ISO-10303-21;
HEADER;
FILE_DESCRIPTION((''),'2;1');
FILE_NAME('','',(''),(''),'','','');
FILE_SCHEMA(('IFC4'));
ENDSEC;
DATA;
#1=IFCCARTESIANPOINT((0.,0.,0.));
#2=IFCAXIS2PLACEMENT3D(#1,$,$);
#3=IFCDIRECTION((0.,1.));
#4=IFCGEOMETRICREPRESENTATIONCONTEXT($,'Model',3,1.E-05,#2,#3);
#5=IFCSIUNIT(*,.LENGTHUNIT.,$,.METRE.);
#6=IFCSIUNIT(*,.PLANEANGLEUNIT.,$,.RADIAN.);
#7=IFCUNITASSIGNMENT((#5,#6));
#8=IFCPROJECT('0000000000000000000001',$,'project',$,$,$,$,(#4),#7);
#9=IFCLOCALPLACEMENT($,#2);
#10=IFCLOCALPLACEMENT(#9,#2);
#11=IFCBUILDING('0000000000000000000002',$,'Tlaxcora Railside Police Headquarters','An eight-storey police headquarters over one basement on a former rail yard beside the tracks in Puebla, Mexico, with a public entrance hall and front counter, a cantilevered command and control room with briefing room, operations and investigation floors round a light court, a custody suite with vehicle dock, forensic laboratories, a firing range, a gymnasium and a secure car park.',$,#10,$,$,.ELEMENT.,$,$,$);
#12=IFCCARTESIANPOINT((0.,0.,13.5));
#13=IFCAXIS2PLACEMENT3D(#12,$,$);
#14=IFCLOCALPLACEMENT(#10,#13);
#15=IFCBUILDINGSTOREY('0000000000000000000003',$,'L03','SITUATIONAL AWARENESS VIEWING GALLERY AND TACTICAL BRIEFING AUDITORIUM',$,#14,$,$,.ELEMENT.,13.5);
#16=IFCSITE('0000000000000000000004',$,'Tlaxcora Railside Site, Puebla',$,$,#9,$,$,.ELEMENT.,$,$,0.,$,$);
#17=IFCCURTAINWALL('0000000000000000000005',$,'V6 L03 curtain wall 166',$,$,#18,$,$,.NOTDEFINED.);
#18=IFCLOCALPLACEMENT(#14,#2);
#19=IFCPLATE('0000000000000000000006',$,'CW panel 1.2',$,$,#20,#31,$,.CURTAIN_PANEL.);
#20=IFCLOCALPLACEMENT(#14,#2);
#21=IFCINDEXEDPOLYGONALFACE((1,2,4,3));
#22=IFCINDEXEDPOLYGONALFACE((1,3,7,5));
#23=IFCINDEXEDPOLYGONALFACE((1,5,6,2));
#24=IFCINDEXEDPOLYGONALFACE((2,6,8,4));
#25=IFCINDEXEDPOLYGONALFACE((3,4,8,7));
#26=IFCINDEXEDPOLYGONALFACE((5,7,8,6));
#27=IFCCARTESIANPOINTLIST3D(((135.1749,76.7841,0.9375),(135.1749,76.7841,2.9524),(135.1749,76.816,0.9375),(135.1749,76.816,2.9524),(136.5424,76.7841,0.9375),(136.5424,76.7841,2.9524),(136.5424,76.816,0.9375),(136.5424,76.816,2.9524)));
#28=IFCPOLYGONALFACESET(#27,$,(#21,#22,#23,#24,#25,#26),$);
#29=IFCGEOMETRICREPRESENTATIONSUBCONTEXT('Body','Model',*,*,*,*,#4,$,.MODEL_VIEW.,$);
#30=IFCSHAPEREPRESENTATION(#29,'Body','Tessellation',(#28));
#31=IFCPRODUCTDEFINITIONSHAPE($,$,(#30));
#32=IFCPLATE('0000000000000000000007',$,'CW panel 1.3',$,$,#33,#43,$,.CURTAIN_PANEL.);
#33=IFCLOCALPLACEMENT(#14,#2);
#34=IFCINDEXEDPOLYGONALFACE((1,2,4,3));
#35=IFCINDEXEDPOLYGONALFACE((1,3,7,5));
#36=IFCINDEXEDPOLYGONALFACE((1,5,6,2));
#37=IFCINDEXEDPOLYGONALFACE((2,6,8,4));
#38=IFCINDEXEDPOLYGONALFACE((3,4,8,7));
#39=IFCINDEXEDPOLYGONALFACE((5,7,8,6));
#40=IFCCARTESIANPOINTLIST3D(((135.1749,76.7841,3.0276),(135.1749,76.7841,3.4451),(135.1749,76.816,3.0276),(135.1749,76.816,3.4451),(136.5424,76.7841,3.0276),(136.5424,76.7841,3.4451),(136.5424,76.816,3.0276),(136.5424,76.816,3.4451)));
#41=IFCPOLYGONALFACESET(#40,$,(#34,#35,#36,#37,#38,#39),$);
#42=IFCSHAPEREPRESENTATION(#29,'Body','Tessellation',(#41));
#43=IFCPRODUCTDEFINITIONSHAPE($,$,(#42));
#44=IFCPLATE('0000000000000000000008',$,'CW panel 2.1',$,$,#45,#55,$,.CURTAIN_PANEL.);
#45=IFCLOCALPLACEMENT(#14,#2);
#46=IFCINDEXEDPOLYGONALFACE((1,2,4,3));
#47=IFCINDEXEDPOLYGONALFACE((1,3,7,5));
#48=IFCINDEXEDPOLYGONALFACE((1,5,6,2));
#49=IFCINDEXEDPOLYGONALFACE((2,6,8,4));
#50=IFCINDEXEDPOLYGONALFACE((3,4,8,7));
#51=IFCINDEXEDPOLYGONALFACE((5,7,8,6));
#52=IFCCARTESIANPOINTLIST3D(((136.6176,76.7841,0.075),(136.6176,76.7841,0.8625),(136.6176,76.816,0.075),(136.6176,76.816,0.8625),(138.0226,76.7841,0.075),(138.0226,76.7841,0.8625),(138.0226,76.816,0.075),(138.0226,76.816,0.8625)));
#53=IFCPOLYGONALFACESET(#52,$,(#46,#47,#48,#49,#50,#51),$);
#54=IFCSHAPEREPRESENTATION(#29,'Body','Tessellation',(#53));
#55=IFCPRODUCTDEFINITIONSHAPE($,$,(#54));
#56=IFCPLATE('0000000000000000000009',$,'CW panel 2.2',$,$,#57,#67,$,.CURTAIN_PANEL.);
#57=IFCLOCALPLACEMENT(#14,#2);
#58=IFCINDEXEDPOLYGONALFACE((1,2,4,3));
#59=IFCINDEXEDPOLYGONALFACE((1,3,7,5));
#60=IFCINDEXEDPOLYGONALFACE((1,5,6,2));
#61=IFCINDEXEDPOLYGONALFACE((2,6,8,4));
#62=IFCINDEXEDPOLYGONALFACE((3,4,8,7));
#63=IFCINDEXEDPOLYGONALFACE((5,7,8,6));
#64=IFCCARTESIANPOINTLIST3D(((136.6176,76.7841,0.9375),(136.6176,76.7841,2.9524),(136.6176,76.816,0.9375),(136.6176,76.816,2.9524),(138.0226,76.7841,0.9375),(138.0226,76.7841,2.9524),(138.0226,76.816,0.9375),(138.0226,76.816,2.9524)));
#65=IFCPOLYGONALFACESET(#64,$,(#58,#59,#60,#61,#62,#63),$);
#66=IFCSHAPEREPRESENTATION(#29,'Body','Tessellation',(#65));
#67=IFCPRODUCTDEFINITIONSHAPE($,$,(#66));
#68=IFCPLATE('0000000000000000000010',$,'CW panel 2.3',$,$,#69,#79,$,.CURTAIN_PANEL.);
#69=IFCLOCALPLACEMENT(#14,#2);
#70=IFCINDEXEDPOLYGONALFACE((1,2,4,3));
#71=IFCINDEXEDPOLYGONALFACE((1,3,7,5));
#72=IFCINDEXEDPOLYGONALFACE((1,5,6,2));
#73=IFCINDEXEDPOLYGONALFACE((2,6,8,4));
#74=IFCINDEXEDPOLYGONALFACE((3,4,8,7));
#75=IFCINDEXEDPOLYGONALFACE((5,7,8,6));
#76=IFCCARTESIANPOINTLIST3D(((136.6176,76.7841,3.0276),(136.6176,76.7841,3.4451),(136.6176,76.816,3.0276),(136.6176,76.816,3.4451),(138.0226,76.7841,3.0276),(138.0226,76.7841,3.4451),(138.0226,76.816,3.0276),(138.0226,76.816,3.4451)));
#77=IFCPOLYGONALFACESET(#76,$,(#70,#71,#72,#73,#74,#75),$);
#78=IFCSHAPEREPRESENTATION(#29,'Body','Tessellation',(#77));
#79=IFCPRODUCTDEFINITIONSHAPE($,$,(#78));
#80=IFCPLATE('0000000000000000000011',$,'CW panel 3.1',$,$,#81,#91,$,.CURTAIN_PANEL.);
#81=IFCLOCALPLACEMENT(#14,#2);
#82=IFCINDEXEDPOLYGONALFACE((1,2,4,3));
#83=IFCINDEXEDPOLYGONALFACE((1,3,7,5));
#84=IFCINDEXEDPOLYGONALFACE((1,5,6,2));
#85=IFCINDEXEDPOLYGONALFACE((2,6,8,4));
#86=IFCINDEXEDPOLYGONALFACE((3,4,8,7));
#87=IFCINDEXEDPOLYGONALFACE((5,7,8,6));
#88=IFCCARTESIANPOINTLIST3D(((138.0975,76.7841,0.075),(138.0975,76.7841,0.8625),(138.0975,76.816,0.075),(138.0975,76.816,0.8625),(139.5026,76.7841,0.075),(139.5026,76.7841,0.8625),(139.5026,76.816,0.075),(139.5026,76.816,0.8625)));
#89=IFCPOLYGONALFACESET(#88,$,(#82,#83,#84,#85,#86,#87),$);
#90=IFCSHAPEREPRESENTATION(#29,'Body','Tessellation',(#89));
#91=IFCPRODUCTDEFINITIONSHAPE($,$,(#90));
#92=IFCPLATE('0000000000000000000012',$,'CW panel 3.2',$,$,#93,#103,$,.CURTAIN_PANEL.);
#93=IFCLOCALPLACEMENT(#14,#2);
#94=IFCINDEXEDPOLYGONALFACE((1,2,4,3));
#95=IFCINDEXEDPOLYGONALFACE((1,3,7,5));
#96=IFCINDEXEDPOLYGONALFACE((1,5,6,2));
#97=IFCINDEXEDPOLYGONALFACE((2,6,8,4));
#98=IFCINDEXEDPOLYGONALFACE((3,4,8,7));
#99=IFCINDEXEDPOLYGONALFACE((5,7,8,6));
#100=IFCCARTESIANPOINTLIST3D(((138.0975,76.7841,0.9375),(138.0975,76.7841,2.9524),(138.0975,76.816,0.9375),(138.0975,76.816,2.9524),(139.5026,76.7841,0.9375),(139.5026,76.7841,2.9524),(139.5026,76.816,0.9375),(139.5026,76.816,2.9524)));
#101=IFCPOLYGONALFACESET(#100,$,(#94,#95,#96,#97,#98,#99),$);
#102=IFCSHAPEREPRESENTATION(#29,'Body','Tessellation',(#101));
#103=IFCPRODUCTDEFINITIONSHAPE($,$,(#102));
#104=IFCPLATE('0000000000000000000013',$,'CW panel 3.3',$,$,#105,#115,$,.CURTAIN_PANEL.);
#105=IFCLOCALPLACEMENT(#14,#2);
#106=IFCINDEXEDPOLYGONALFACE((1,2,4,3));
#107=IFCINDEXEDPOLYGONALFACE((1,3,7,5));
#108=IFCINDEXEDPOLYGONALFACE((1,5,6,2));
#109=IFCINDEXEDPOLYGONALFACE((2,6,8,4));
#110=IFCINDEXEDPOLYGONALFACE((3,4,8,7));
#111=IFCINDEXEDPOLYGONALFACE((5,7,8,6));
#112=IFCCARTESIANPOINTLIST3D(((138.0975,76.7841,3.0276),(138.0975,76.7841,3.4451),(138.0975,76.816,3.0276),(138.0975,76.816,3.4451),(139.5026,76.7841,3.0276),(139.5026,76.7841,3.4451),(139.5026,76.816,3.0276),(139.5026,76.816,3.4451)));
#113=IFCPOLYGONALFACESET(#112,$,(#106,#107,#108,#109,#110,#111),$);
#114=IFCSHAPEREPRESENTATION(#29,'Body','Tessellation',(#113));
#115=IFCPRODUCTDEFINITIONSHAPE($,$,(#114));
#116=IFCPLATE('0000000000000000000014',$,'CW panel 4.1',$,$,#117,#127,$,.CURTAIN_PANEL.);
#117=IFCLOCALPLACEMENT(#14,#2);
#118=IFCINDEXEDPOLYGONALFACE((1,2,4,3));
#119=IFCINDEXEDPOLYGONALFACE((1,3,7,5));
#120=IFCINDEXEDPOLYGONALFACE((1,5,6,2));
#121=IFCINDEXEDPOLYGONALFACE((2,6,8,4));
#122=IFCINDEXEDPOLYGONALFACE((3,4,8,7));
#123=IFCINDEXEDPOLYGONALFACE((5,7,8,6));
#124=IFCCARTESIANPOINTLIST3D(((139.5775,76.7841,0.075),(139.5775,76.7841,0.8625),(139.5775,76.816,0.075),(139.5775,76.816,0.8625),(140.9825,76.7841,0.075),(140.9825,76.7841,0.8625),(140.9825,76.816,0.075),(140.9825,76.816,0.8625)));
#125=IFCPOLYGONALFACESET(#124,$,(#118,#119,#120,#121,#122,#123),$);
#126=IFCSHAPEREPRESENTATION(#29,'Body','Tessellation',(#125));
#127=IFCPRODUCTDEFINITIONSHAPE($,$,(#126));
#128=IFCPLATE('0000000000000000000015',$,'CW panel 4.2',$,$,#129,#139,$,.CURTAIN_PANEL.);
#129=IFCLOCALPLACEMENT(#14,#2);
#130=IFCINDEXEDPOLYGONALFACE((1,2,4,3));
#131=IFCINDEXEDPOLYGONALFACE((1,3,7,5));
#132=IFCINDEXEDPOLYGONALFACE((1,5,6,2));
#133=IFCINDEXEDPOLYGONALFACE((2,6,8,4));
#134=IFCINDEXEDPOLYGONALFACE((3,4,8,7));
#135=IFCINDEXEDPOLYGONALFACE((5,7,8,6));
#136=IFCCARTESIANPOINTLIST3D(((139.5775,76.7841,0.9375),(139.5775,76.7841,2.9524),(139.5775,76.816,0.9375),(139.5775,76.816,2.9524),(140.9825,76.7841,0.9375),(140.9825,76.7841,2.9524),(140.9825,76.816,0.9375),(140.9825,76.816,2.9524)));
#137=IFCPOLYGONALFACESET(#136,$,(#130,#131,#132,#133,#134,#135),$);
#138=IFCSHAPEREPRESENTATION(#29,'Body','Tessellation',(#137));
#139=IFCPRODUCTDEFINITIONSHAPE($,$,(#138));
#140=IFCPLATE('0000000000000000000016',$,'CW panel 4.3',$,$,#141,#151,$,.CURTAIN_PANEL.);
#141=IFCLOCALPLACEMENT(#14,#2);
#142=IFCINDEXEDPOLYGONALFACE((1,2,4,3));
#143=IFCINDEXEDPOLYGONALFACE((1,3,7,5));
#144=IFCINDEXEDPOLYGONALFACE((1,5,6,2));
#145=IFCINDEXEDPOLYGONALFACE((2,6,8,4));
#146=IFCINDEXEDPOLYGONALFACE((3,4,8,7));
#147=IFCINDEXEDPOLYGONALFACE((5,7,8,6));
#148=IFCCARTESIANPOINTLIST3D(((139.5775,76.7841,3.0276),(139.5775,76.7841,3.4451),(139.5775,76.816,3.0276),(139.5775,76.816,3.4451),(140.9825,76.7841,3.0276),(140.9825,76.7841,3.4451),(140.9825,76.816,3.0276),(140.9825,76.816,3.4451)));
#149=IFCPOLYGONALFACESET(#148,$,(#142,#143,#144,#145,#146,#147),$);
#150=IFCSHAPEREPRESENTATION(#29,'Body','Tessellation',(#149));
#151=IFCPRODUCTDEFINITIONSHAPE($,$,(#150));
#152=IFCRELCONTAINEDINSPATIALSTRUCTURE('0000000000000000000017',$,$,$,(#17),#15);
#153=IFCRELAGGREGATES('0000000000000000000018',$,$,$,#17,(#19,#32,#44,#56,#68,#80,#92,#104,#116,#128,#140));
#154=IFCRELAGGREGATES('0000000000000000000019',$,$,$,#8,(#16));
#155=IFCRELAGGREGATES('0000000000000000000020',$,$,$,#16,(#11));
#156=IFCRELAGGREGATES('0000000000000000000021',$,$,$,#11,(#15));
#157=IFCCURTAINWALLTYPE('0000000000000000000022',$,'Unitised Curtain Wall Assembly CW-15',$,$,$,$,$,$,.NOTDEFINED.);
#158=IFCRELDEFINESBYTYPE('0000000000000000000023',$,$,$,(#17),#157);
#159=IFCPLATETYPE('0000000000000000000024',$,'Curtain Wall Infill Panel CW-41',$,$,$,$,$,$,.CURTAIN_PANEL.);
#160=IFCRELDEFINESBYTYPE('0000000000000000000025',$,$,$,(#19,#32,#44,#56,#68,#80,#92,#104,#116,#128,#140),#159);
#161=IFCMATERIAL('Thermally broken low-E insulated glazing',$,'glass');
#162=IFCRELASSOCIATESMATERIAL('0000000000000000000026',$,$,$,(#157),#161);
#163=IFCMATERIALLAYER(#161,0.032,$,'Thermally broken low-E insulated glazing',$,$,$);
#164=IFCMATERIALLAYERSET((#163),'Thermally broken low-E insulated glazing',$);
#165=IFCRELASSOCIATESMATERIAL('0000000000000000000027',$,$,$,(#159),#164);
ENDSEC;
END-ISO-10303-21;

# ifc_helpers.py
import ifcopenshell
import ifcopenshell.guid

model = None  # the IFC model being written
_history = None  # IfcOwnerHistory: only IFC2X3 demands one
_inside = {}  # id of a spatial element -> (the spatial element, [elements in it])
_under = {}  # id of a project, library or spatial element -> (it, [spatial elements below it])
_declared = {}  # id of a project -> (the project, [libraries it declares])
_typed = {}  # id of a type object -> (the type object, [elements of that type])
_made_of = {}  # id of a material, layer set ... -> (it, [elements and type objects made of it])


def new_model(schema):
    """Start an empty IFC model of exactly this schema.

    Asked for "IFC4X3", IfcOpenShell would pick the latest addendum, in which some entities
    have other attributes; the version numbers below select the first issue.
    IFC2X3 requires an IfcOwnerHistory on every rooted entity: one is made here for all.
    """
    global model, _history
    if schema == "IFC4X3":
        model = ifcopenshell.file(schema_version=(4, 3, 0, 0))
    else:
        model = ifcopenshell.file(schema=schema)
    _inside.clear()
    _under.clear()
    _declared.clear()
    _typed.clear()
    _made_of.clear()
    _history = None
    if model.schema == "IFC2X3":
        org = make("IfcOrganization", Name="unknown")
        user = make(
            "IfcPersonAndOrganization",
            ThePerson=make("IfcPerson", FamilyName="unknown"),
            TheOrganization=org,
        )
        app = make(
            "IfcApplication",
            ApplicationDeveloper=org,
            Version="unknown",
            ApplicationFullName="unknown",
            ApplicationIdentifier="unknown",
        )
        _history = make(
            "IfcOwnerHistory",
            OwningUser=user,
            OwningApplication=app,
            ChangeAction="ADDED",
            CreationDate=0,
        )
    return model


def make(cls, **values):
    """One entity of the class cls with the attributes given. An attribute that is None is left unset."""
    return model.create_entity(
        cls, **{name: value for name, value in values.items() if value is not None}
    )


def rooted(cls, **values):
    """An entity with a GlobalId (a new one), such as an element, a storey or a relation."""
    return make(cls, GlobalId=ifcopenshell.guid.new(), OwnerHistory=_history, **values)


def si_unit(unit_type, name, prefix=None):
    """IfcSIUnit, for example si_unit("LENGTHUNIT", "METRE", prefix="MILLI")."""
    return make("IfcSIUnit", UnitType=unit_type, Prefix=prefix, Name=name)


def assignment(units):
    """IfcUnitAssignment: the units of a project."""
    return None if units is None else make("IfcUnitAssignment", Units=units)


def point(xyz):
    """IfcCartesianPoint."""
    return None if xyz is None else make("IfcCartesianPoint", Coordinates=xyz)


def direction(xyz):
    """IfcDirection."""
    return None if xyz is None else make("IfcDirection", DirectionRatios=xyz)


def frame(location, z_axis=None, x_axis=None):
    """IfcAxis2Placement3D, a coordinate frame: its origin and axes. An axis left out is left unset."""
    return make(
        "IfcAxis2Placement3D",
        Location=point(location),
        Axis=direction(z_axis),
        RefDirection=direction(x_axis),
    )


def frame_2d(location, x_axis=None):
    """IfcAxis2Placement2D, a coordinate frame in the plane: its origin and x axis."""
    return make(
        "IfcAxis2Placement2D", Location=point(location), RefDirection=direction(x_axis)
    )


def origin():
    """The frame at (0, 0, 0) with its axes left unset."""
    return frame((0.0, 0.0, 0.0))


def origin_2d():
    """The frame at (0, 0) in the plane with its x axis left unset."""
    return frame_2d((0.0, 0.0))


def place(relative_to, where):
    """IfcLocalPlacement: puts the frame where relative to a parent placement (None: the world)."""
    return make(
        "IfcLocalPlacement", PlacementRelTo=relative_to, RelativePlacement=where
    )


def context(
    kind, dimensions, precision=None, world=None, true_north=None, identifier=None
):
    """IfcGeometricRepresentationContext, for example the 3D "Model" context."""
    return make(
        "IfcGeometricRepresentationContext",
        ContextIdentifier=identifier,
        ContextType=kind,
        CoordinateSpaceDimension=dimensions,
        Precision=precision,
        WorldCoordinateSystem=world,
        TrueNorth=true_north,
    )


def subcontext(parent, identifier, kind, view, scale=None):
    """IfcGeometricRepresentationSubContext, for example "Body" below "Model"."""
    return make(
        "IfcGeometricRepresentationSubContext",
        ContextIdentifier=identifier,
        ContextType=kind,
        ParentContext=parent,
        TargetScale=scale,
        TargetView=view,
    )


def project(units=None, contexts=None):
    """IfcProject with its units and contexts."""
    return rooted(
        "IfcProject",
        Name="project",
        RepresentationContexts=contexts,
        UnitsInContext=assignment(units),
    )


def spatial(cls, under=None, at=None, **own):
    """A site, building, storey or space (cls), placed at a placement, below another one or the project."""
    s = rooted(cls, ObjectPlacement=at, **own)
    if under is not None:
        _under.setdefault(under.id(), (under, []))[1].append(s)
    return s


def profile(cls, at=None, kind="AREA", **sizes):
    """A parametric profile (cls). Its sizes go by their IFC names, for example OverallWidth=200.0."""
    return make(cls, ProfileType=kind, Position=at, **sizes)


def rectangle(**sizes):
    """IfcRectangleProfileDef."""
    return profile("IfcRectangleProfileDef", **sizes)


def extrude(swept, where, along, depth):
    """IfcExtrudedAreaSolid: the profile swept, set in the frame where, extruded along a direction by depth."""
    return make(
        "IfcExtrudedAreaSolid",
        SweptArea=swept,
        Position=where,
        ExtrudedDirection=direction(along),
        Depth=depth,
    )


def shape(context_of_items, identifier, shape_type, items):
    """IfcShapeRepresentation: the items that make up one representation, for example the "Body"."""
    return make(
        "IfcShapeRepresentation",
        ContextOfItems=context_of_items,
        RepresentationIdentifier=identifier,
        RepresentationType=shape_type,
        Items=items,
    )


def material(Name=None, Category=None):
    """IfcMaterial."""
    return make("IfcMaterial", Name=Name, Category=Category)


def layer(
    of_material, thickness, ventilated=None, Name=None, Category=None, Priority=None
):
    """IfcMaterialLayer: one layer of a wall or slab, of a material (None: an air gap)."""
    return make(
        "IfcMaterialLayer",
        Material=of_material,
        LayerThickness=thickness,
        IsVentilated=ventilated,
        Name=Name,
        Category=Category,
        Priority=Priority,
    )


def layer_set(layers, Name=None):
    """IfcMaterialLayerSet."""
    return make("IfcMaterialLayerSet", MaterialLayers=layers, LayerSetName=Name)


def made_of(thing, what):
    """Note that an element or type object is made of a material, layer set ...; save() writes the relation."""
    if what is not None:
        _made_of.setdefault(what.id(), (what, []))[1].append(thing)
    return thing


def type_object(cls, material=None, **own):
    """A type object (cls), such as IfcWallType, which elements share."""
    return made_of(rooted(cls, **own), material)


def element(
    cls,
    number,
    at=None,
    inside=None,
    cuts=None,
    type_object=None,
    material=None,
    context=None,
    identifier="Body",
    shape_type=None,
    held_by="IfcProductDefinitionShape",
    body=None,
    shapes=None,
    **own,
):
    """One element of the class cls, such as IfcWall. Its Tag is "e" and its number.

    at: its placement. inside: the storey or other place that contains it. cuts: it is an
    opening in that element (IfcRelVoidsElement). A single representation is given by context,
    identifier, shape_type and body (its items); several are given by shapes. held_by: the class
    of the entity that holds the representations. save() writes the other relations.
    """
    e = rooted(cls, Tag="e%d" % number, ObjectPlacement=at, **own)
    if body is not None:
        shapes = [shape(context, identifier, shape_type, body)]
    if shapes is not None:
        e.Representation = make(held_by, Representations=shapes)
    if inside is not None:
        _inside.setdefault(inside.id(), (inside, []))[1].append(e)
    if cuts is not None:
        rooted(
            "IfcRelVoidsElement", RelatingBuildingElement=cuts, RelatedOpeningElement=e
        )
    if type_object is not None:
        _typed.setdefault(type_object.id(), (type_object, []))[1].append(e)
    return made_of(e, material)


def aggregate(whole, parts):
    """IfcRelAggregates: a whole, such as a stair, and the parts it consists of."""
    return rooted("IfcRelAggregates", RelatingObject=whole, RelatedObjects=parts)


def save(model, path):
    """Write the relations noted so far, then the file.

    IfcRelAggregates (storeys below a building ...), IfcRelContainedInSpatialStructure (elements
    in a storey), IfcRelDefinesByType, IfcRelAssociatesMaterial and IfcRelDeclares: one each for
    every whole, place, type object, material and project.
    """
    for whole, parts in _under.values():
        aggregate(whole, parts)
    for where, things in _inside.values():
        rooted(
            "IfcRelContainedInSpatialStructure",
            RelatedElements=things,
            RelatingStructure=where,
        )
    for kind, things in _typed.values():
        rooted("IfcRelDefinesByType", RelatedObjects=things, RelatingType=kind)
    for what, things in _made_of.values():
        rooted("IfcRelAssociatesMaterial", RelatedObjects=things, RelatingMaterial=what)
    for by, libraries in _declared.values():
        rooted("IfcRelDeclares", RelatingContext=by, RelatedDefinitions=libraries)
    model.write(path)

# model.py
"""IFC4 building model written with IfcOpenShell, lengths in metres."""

from ifc_helpers import new_model, si_unit, direction, frame, origin, origin_2d, place, context, subcontext, project, spatial, rectangle, extrude, material, layer, layer_set, type_object, element, aggregate, save


model = new_model("IFC4")

# Units and contexts
model_context = context("Model", 3, precision=1e-05, world=origin(), true_north=direction((0.0, 1.0)))
body_context = subcontext(model_context, "Body", "Model", "MODEL_VIEW")
ifc_project = project(units=[si_unit("LENGTHUNIT", "METRE"), si_unit("PLANEANGLEUNIT", "RADIAN")], contexts=[model_context])

# Site, building, storey
site_placement = place(None, origin())
site = spatial("IfcSite", under=ifc_project, at=site_placement, Name="Tlaxcora Railside Site, Puebla", CompositionType="ELEMENT", RefElevation=0.0)
building_placement = place(site_placement, origin())
building = spatial("IfcBuilding", under=site, at=building_placement, Name="Tlaxcora Railside Police Headquarters", Description="An eight-storey police headquarters over one basement on a former rail yard beside the tracks in Puebla, Mexico, with a public entrance hall and front counter, a cantilevered command and control room with briefing room, operations and investigation floors round a light court, a custody suite with vehicle dock, forensic laboratories, a firing range, a gymnasium and a secure car park.", CompositionType="ELEMENT")
storey_placement = place(building_placement, frame((0.0, 0.0, 13.5)))
storey = spatial("IfcBuildingStorey", under=building, at=storey_placement, Name="L03", Description="SITUATIONAL AWARENESS VIEWING GALLERY AND TACTICAL BRIEFING AUDITORIUM", CompositionType="ELEMENT", Elevation=13.5)

# Curtain wall
ifc_material_1 = material(Name="Thermally broken low-E insulated glazing", Category="glass")
curtain_wall_type = type_object("IfcCurtainWallType", Name="Unitised Curtain Wall Assembly CW-15", PredefinedType="NOTDEFINED", material=ifc_material_1)
curtain_wall_placement = place(storey_placement, origin())
curtain_wall = element("IfcCurtainWall", 1, at=curtain_wall_placement, inside=storey, type_object=curtain_wall_type, Name="V6 L03 curtain wall 166", PredefinedType="NOTDEFINED")

# Plates
ifc_layer = layer(ifc_material_1, 0.032, Name="Thermally broken low-E insulated glazing")
ifc_layer_set = layer_set([ifc_layer], Name="Thermally broken low-E insulated glazing")
plate_type = type_object("IfcPlateType", Name="Curtain Wall Infill Panel CW-41", PredefinedType="CURTAIN_PANEL", material=ifc_layer_set)
plate_1_placement = place(storey_placement, frame((135.8586, 76.8, 0.9375), z_axis=(0.0, 0.0, 1.0), x_axis=(1.0, 0.0, 0.0)))
plate_1 = element("IfcPlate", 2, at=plate_1_placement, type_object=plate_type, Name="CW panel 1.2", PredefinedType="CURTAIN_PANEL", context=body_context, shape_type="SweptSolid", body=[
    extrude(rectangle(XDim=1.3674, YDim=0.032, at=origin_2d()), origin(), (0.0, 0.0, 1.0), 2.0149),
])
plate_2_placement = place(storey_placement, frame((135.8586, 76.8, 3.0276), z_axis=(0.0, 0.0, 1.0), x_axis=(1.0, 0.0, 0.0)))
plate_2 = element("IfcPlate", 3, at=plate_2_placement, type_object=plate_type, Name="CW panel 1.3", PredefinedType="CURTAIN_PANEL", context=body_context, shape_type="SweptSolid", body=[
    extrude(rectangle(XDim=1.3674, YDim=0.032, at=origin_2d()), origin(), (0.0, 0.0, 1.0), 0.4175),
])
plate_3_placement = place(storey_placement, frame((137.3201, 76.8, 0.075), z_axis=(0.0, 0.0, 1.0), x_axis=(1.0, 0.0, 0.0)))
plate_3 = element("IfcPlate", 4, at=plate_3_placement, type_object=plate_type, Name="CW panel 2.1", PredefinedType="CURTAIN_PANEL", context=body_context, shape_type="SweptSolid", body=[
    extrude(rectangle(XDim=1.405, YDim=0.032, at=origin_2d()), origin(), (0.0, 0.0, 1.0), 0.7876),
])
plate_4_placement = place(storey_placement, frame((137.3201, 76.8, 0.9375), z_axis=(0.0, 0.0, 1.0), x_axis=(1.0, 0.0, 0.0)))
plate_4 = element("IfcPlate", 5, at=plate_4_placement, type_object=plate_type, Name="CW panel 2.2", PredefinedType="CURTAIN_PANEL", context=body_context, shape_type="SweptSolid", body=[
    extrude(rectangle(XDim=1.405, YDim=0.032, at=origin_2d()), origin(), (0.0, 0.0, 1.0), 2.0149),
])
plate_5_placement = place(storey_placement, frame((137.3201, 76.8, 3.0276), z_axis=(0.0, 0.0, 1.0), x_axis=(1.0, 0.0, 0.0)))
plate_5 = element("IfcPlate", 6, at=plate_5_placement, type_object=plate_type, Name="CW panel 2.3", PredefinedType="CURTAIN_PANEL", context=body_context, shape_type="SweptSolid", body=[
    extrude(rectangle(XDim=1.405, YDim=0.032, at=origin_2d()), origin(), (0.0, 0.0, 1.0), 0.4175),
])
plate_6_placement = place(storey_placement, frame((138.8, 76.8, 0.075), z_axis=(0.0, 0.0, 1.0), x_axis=(1.0, 0.0, 0.0)))
plate_6 = element("IfcPlate", 7, at=plate_6_placement, type_object=plate_type, Name="CW panel 3.1", PredefinedType="CURTAIN_PANEL", context=body_context, shape_type="SweptSolid", body=[
    extrude(rectangle(XDim=1.405, YDim=0.032, at=origin_2d()), origin(), (0.0, 0.0, 1.0), 0.7876),
])
plate_7_placement = place(storey_placement, frame((138.8, 76.8, 0.9375), z_axis=(0.0, 0.0, 1.0), x_axis=(1.0, 0.0, 0.0)))
plate_7 = element("IfcPlate", 8, at=plate_7_placement, type_object=plate_type, Name="CW panel 3.2", PredefinedType="CURTAIN_PANEL", context=body_context, shape_type="SweptSolid", body=[
    extrude(rectangle(XDim=1.405, YDim=0.032, at=origin_2d()), origin(), (0.0, 0.0, 1.0), 2.0149),
])
plate_8_placement = place(storey_placement, frame((138.8, 76.8, 3.0276), z_axis=(0.0, 0.0, 1.0), x_axis=(1.0, 0.0, 0.0)))
plate_8 = element("IfcPlate", 9, at=plate_8_placement, type_object=plate_type, Name="CW panel 3.3", PredefinedType="CURTAIN_PANEL", context=body_context, shape_type="SweptSolid", body=[
    extrude(rectangle(XDim=1.405, YDim=0.032, at=origin_2d()), origin(), (0.0, 0.0, 1.0), 0.4175),
])
plate_9_placement = place(storey_placement, frame((140.28, 76.8, 0.075), z_axis=(0.0, 0.0, 1.0), x_axis=(1.0, 0.0, 0.0)))
plate_9 = element("IfcPlate", 10, at=plate_9_placement, type_object=plate_type, Name="CW panel 4.1", PredefinedType="CURTAIN_PANEL", context=body_context, shape_type="SweptSolid", body=[
    extrude(rectangle(XDim=1.405, YDim=0.032, at=origin_2d()), origin(), (0.0, 0.0, 1.0), 0.7876),
])
plate_10_placement = place(storey_placement, frame((140.28, 76.8, 0.9375), z_axis=(0.0, 0.0, 1.0), x_axis=(1.0, 0.0, 0.0)))
plate_10 = element("IfcPlate", 11, at=plate_10_placement, type_object=plate_type, Name="CW panel 4.2", PredefinedType="CURTAIN_PANEL", context=body_context, shape_type="SweptSolid", body=[
    extrude(rectangle(XDim=1.405, YDim=0.032, at=origin_2d()), origin(), (0.0, 0.0, 1.0), 2.0149),
])
plate_11_placement = place(storey_placement, frame((140.28, 76.8, 3.0276), z_axis=(0.0, 0.0, 1.0), x_axis=(1.0, 0.0, 0.0)))
plate_11 = element("IfcPlate", 12, at=plate_11_placement, type_object=plate_type, Name="CW panel 4.3", PredefinedType="CURTAIN_PANEL", context=body_context, shape_type="SweptSolid", body=[
    extrude(rectangle(XDim=1.405, YDim=0.032, at=origin_2d()), origin(), (0.0, 0.0, 1.0), 0.4175),
])
aggregate(curtain_wall, [plate_1, plate_2, plate_3, plate_4, plate_5, plate_6, plate_7, plate_8, plate_9, plate_10, plate_11])

save(model, "model.ifc")
